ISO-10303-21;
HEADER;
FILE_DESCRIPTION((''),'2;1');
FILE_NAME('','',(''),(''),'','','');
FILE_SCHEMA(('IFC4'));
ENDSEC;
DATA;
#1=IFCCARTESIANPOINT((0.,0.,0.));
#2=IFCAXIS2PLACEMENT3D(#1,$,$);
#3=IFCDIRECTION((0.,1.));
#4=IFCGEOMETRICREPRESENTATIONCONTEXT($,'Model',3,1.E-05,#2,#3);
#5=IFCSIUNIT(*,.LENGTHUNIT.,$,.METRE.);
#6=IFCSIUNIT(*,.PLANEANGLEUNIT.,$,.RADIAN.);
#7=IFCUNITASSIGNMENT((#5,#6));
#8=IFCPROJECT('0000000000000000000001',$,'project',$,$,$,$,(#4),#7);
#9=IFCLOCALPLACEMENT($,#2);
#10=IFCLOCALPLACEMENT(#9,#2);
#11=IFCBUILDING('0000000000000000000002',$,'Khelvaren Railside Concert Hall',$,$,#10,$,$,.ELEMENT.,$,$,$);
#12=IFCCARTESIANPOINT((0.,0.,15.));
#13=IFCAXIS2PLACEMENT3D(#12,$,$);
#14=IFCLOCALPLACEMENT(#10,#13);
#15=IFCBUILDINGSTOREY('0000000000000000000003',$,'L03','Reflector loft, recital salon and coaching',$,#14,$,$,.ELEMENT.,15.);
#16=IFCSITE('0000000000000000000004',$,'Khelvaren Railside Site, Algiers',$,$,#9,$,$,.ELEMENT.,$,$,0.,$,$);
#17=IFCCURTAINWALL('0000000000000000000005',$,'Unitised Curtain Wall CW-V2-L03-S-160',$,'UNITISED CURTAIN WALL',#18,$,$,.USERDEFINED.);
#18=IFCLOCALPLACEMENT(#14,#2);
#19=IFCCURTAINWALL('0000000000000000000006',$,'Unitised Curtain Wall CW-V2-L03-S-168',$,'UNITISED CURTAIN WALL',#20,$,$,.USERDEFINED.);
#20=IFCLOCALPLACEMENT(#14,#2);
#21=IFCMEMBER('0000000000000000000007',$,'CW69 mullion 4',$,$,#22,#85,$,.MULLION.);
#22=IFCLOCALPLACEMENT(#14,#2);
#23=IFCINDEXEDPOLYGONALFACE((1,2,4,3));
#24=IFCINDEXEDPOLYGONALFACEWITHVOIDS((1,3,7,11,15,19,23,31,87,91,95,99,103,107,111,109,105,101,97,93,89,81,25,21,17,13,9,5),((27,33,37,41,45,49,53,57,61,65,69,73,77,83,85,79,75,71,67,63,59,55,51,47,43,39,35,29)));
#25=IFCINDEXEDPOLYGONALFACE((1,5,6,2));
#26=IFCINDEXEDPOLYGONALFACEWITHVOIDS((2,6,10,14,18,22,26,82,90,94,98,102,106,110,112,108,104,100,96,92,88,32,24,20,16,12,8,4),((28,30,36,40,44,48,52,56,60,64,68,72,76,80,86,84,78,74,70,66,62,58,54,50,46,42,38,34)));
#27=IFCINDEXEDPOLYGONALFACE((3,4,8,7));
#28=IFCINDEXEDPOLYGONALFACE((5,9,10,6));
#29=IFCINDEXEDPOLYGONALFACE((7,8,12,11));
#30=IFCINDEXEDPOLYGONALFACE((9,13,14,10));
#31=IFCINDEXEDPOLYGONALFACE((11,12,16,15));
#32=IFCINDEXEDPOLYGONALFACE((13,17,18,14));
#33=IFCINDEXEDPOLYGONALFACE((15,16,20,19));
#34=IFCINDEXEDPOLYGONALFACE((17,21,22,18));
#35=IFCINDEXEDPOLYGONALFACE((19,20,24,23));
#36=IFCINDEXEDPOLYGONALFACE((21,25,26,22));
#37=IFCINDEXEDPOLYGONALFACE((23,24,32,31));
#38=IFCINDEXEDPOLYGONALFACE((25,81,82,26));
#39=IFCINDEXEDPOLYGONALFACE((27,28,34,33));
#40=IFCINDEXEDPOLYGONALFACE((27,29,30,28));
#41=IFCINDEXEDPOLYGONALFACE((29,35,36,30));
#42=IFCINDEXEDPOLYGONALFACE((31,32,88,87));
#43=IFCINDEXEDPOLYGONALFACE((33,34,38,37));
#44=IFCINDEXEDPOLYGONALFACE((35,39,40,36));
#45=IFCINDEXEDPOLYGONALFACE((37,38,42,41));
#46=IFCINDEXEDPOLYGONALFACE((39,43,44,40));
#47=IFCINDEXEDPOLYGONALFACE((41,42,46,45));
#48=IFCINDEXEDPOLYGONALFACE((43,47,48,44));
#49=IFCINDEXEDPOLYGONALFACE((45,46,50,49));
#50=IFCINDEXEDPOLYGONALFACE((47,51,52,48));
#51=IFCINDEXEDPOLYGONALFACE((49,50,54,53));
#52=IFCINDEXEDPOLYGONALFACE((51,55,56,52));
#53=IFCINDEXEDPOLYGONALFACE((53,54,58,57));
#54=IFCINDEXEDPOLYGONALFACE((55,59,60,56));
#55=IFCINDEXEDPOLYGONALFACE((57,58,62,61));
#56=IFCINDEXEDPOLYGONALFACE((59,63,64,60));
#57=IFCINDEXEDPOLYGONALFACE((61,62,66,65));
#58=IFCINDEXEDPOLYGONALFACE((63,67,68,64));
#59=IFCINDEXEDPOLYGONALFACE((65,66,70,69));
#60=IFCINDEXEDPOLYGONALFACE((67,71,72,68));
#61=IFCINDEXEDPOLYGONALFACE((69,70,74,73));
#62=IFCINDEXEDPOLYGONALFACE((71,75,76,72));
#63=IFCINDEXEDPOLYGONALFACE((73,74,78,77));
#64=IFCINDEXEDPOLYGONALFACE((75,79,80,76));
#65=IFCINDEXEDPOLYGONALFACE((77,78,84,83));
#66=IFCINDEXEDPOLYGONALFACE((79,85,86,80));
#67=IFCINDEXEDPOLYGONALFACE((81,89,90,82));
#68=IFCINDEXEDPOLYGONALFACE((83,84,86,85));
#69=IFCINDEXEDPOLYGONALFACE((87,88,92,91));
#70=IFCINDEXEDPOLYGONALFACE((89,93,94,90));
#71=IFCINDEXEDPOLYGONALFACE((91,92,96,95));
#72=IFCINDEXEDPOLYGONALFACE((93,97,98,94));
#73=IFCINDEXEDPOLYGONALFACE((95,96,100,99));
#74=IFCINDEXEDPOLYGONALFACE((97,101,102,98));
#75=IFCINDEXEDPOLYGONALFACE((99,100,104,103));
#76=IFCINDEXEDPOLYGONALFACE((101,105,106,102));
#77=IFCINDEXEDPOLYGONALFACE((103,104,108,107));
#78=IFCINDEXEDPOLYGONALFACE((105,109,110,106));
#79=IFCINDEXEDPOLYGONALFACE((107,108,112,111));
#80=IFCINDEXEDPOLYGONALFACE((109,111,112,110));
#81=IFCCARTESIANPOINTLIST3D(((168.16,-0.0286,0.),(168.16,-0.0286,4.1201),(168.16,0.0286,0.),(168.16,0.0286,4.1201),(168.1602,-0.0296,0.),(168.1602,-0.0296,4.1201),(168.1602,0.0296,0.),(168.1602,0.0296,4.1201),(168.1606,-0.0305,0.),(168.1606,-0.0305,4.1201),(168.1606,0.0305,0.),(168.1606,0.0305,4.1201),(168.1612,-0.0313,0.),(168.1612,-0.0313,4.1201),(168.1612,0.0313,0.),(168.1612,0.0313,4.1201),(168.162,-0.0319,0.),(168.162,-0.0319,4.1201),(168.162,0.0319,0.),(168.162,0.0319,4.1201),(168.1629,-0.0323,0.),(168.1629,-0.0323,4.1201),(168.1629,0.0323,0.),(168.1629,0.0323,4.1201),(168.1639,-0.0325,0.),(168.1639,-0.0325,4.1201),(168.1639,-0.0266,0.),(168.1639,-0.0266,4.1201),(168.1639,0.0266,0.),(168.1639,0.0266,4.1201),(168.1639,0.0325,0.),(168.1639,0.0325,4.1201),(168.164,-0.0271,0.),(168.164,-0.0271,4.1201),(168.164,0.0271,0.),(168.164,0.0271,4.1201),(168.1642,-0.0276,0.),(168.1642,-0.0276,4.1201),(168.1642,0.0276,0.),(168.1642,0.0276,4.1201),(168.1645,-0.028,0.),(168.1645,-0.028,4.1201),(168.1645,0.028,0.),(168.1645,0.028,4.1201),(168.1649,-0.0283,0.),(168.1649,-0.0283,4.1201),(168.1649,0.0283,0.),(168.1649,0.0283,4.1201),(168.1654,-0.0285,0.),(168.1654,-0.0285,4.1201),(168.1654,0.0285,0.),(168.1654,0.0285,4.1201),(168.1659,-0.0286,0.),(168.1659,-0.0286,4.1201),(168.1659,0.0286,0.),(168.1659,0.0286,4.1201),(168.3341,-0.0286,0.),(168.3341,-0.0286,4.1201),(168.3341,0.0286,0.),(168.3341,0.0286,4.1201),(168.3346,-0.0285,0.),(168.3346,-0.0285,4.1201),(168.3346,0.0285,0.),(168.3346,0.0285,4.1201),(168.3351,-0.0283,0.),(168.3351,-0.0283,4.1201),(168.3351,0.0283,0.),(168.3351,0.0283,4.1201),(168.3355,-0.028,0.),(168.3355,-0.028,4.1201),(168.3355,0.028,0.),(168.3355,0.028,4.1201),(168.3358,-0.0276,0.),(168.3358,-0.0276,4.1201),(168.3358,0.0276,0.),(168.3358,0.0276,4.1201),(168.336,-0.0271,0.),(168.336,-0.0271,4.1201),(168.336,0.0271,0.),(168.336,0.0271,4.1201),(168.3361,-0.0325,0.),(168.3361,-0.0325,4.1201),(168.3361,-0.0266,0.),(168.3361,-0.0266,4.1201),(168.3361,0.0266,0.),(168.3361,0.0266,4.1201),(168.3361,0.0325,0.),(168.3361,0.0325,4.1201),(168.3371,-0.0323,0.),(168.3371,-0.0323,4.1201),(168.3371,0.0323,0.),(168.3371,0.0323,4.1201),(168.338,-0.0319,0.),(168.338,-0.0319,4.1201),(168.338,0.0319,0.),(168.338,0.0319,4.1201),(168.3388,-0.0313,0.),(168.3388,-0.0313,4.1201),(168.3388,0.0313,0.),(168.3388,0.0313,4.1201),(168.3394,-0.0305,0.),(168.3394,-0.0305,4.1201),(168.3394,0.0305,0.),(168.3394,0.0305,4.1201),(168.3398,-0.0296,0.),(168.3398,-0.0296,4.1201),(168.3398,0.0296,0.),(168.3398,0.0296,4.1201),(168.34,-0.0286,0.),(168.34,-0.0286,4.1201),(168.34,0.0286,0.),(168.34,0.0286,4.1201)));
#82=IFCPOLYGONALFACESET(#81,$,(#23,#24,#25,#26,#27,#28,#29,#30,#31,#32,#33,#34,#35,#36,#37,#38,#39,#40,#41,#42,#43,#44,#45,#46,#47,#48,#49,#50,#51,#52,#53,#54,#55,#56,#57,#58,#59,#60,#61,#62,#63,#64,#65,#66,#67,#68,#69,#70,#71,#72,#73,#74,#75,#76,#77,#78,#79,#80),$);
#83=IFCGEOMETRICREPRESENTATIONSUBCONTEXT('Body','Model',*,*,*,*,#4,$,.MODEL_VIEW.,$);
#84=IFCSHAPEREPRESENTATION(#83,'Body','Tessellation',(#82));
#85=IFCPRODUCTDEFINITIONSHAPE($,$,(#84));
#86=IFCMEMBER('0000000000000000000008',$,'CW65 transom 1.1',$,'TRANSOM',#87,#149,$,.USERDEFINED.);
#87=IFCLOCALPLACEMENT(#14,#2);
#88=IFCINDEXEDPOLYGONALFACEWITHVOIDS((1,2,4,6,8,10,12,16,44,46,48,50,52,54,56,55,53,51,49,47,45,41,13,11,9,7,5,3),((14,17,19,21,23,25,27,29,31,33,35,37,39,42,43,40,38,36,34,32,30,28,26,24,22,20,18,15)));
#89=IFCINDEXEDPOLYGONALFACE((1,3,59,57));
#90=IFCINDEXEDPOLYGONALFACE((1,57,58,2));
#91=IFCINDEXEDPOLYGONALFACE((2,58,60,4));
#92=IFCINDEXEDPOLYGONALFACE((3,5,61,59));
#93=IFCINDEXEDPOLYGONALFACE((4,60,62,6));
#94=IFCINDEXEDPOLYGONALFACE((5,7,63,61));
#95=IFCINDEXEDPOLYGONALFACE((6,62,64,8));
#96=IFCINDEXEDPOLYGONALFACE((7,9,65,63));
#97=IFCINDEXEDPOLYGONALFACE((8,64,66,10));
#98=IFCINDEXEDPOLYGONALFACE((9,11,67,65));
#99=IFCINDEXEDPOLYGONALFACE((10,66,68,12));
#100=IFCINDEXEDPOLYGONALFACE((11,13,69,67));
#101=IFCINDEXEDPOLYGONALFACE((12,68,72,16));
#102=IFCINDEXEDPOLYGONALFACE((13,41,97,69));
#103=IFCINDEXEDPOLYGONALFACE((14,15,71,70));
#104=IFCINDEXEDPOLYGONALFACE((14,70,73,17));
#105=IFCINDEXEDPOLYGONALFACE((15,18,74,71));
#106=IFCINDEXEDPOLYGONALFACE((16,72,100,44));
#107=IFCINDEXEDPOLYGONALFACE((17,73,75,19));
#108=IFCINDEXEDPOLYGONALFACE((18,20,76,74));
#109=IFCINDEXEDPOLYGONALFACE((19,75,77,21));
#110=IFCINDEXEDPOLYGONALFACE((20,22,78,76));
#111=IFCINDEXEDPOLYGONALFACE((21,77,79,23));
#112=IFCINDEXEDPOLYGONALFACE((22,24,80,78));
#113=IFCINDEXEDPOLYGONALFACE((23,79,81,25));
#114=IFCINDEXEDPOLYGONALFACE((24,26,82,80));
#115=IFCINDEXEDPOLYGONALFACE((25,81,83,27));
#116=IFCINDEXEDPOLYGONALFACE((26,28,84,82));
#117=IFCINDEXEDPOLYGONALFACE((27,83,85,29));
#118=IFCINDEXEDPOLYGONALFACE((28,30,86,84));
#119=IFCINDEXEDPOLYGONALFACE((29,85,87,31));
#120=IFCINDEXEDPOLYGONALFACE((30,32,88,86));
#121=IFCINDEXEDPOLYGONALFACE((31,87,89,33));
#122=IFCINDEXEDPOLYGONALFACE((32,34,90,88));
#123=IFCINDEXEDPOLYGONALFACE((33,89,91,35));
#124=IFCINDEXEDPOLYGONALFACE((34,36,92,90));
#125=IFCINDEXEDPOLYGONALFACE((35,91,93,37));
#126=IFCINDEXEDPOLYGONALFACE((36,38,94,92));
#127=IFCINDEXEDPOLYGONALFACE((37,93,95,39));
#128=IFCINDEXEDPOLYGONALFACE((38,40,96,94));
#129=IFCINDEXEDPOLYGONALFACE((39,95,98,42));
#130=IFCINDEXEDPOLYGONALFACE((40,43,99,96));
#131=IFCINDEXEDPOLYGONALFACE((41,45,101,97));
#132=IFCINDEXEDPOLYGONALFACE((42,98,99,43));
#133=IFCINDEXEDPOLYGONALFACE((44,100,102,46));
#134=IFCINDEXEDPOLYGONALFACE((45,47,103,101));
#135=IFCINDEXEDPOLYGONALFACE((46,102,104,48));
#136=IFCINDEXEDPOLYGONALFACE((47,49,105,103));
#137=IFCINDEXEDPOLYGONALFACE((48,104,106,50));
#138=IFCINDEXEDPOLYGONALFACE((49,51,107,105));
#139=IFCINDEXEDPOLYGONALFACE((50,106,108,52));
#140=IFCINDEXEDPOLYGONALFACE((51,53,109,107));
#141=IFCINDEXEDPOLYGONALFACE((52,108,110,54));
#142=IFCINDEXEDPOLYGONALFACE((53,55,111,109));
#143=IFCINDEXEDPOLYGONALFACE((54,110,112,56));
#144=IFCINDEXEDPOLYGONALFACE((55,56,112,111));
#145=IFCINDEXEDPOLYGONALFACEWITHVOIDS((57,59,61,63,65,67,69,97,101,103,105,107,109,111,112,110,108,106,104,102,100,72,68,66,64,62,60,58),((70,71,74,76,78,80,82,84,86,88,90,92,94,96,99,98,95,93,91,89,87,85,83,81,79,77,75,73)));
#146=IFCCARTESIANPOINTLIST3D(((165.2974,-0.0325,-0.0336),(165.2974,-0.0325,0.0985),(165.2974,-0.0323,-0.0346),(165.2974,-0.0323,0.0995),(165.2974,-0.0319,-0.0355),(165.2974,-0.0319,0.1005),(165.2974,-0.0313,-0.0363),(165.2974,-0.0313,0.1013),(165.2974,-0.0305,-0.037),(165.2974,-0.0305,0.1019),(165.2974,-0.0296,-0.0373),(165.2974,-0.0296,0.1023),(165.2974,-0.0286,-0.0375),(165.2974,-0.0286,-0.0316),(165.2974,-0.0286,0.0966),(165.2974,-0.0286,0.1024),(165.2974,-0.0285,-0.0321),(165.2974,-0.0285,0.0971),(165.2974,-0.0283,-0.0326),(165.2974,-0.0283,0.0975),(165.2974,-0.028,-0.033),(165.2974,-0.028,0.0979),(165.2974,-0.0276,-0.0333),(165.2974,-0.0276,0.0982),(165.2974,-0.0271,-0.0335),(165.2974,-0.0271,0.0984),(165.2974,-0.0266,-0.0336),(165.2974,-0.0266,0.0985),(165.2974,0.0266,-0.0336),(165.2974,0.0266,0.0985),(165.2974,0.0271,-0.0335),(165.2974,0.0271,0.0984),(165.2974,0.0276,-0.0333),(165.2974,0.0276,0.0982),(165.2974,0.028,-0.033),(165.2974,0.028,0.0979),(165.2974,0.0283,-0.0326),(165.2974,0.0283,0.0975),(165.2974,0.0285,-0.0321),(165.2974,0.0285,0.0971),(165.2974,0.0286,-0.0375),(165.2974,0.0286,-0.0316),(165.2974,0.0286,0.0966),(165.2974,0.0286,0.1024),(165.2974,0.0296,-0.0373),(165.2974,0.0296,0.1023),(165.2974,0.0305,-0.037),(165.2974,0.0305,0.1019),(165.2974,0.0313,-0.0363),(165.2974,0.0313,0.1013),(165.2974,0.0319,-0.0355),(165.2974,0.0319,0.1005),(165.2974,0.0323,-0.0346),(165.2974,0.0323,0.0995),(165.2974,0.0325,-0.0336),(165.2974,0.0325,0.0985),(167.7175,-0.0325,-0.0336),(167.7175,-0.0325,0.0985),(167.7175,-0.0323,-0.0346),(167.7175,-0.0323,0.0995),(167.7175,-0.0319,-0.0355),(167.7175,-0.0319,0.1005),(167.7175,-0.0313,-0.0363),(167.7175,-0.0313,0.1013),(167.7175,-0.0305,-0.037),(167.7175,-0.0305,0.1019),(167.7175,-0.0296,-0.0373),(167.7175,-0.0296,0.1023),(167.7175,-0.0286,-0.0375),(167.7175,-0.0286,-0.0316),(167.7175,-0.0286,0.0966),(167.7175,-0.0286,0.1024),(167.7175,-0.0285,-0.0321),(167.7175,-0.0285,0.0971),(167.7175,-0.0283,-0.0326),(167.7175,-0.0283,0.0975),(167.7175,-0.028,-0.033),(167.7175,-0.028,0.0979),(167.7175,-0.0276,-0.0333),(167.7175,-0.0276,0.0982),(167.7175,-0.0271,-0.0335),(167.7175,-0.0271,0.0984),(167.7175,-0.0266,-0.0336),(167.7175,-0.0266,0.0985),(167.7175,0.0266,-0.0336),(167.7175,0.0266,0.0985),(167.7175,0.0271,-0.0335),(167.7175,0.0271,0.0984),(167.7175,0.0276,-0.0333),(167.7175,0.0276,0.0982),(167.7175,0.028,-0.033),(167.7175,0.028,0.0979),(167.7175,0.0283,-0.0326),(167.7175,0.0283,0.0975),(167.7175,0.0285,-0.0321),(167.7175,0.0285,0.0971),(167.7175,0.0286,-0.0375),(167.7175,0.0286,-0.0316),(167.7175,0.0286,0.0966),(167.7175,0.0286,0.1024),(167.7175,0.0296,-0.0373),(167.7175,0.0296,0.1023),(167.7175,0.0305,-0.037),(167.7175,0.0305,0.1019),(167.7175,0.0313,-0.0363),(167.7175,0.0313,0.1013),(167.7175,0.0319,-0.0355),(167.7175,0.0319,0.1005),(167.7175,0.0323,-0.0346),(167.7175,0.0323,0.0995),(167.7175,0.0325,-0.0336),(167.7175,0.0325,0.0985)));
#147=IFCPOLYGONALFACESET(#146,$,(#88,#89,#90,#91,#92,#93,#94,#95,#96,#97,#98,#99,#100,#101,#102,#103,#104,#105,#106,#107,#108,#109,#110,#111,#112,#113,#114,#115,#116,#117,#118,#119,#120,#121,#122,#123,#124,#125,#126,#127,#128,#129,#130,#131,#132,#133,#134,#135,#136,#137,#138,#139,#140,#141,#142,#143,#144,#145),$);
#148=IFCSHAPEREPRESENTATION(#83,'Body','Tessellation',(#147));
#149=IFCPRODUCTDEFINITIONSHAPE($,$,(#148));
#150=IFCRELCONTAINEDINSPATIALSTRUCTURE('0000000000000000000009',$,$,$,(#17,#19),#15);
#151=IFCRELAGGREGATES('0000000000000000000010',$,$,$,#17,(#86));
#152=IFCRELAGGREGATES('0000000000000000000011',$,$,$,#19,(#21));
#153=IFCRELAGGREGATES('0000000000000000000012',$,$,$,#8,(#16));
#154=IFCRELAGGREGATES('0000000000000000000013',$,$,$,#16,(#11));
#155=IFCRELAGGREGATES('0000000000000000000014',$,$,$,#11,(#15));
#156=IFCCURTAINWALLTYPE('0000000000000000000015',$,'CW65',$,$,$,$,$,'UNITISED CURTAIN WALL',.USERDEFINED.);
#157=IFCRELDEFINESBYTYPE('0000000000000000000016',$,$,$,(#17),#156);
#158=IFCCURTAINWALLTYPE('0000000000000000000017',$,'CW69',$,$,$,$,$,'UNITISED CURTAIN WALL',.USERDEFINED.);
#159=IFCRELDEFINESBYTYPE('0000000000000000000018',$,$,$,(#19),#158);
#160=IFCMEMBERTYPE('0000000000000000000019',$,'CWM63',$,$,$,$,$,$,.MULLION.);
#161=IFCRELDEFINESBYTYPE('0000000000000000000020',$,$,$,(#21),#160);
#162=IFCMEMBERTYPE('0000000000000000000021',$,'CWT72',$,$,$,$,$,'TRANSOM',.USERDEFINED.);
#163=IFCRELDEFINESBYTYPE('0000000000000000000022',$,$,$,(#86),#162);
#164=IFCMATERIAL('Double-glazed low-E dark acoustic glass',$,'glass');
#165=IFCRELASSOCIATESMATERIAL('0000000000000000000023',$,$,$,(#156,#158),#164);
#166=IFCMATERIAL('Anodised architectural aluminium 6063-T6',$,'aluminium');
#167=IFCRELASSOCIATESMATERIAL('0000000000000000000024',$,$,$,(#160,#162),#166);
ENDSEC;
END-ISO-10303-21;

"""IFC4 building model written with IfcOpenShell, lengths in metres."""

from ifc_helpers import new_model, si_unit, direction, frame, origin, origin_2d, place, context, subcontext, project, spatial, hollow_rectangle, extrude, material, material_profile, profile_set, type_object, element, aggregate, save


model = new_model("IFC4")

# Units and contexts
model_context = context("Model", 3, precision=1e-05, world=origin(), true_north=direction((0.0, 1.0)))
body_context = subcontext(model_context, "Body", "Model", "MODEL_VIEW")
ifc_project = project(units=[si_unit("LENGTHUNIT", "METRE"), si_unit("PLANEANGLEUNIT", "RADIAN")], contexts=[model_context])

# Site, building, storey
site_placement = place(None, origin())
site = spatial("IfcSite", under=ifc_project, at=site_placement, Name="Khelvaren Railside Site, Algiers", CompositionType="ELEMENT", RefElevation=0.0)
building_placement = place(site_placement, origin())
building = spatial("IfcBuilding", under=site, at=building_placement, Name="Khelvaren Railside Concert Hall", CompositionType="ELEMENT")
storey_placement = place(building_placement, frame((0.0, 0.0, 15.0)))
storey = spatial("IfcBuildingStorey", under=building, at=storey_placement, Name="L03", Description="Reflector loft, recital salon and coaching", CompositionType="ELEMENT", Elevation=15.0)

# Curtain wall
ifc_material_1 = material(Name="Double-glazed low-E dark acoustic glass", Category="glass")
curtain_wall_type_1 = type_object("IfcCurtainWallType", Name="CW65", ElementType="UNITISED CURTAIN WALL", PredefinedType="USERDEFINED", material=ifc_material_1)
curtain_wall_1_placement = place(storey_placement, origin())
curtain_wall_1 = element("IfcCurtainWall", 1, at=curtain_wall_1_placement, inside=storey, type_object=curtain_wall_type_1, Name="Unitised Curtain Wall CW-V2-L03-S-160", ObjectType="UNITISED CURTAIN WALL", PredefinedType="USERDEFINED")
ifc_material_2 = material(Name="Anodised architectural aluminium 6063-T6", Category="aluminium")
ifc_material_profile_1 = material_profile(ifc_material_2, hollow_rectangle(XDim=0.0649, YDim=0.1799, WallThickness=0.0039, InnerFilletRadius=0.002, OuterFilletRadius=0.0039, at=origin_2d()), Name="CWM 65x180x4")
ifc_profile_set_1 = profile_set([ifc_material_profile_1], Name="Anodised architectural aluminium 6063-T6")
member_type_1 = type_object("IfcMemberType", Name="CWM63", PredefinedType="MULLION", material=ifc_profile_set_1)

# Curtain wall, member
curtain_wall_type_2 = type_object("IfcCurtainWallType", Name="CW69", ElementType="UNITISED CURTAIN WALL", PredefinedType="USERDEFINED", material=ifc_material_1)
curtain_wall_2_placement = place(storey_placement, origin())
curtain_wall_2 = element("IfcCurtainWall", 2, at=curtain_wall_2_placement, inside=storey, type_object=curtain_wall_type_2, Name="Unitised Curtain Wall CW-V2-L03-S-168", ObjectType="UNITISED CURTAIN WALL", PredefinedType="USERDEFINED")
member_1_placement = place(storey_placement, frame((168.25, 0.0, 0.0), z_axis=(0.0, 0.0, 1.0), x_axis=(0.0, -1.0, 0.0)))
member_1 = element("IfcMember", 3, at=member_1_placement, type_object=member_type_1, Name="CW69 mullion 4", PredefinedType="MULLION", context=body_context, shape_type="SweptSolid", body=[
    extrude(hollow_rectangle(XDim=0.0649, YDim=0.1799, WallThickness=0.0039, InnerFilletRadius=0.002, OuterFilletRadius=0.0039, at=origin_2d()), origin(), (0.0, 0.0, 1.0), 4.1201),
])

# Member
ifc_material_profile_2 = material_profile(ifc_material_2, hollow_rectangle(XDim=0.0649, YDim=0.1399, WallThickness=0.0039, InnerFilletRadius=0.002, OuterFilletRadius=0.0039, at=origin_2d()), Name="CWT 65x140x4")
ifc_profile_set_2 = profile_set([ifc_material_profile_2], Name="Anodised architectural aluminium 6063-T6")
member_type_2 = type_object("IfcMemberType", Name="CWT72", ElementType="TRANSOM", PredefinedType="USERDEFINED", material=ifc_profile_set_2)
member_2_placement = place(storey_placement, frame((167.7175, 0.0, 0.0325), z_axis=(-1.0, 0.0, 0.0), x_axis=(0.0, -1.0, 0.0)))
member_2 = element("IfcMember", 4, at=member_2_placement, type_object=member_type_2, Name="CW65 transom 1.1", ObjectType="TRANSOM", PredefinedType="USERDEFINED", context=body_context, shape_type="SweptSolid", body=[
    extrude(hollow_rectangle(XDim=0.0649, YDim=0.1399, WallThickness=0.0039, InnerFilletRadius=0.002, OuterFilletRadius=0.0039, at=origin_2d()), origin(), (0.0, 0.0, 1.0), 2.4202),
])
aggregate(curtain_wall_1, [member_2])

aggregate(curtain_wall_2, [member_1])

save(model, "model.ifc")
